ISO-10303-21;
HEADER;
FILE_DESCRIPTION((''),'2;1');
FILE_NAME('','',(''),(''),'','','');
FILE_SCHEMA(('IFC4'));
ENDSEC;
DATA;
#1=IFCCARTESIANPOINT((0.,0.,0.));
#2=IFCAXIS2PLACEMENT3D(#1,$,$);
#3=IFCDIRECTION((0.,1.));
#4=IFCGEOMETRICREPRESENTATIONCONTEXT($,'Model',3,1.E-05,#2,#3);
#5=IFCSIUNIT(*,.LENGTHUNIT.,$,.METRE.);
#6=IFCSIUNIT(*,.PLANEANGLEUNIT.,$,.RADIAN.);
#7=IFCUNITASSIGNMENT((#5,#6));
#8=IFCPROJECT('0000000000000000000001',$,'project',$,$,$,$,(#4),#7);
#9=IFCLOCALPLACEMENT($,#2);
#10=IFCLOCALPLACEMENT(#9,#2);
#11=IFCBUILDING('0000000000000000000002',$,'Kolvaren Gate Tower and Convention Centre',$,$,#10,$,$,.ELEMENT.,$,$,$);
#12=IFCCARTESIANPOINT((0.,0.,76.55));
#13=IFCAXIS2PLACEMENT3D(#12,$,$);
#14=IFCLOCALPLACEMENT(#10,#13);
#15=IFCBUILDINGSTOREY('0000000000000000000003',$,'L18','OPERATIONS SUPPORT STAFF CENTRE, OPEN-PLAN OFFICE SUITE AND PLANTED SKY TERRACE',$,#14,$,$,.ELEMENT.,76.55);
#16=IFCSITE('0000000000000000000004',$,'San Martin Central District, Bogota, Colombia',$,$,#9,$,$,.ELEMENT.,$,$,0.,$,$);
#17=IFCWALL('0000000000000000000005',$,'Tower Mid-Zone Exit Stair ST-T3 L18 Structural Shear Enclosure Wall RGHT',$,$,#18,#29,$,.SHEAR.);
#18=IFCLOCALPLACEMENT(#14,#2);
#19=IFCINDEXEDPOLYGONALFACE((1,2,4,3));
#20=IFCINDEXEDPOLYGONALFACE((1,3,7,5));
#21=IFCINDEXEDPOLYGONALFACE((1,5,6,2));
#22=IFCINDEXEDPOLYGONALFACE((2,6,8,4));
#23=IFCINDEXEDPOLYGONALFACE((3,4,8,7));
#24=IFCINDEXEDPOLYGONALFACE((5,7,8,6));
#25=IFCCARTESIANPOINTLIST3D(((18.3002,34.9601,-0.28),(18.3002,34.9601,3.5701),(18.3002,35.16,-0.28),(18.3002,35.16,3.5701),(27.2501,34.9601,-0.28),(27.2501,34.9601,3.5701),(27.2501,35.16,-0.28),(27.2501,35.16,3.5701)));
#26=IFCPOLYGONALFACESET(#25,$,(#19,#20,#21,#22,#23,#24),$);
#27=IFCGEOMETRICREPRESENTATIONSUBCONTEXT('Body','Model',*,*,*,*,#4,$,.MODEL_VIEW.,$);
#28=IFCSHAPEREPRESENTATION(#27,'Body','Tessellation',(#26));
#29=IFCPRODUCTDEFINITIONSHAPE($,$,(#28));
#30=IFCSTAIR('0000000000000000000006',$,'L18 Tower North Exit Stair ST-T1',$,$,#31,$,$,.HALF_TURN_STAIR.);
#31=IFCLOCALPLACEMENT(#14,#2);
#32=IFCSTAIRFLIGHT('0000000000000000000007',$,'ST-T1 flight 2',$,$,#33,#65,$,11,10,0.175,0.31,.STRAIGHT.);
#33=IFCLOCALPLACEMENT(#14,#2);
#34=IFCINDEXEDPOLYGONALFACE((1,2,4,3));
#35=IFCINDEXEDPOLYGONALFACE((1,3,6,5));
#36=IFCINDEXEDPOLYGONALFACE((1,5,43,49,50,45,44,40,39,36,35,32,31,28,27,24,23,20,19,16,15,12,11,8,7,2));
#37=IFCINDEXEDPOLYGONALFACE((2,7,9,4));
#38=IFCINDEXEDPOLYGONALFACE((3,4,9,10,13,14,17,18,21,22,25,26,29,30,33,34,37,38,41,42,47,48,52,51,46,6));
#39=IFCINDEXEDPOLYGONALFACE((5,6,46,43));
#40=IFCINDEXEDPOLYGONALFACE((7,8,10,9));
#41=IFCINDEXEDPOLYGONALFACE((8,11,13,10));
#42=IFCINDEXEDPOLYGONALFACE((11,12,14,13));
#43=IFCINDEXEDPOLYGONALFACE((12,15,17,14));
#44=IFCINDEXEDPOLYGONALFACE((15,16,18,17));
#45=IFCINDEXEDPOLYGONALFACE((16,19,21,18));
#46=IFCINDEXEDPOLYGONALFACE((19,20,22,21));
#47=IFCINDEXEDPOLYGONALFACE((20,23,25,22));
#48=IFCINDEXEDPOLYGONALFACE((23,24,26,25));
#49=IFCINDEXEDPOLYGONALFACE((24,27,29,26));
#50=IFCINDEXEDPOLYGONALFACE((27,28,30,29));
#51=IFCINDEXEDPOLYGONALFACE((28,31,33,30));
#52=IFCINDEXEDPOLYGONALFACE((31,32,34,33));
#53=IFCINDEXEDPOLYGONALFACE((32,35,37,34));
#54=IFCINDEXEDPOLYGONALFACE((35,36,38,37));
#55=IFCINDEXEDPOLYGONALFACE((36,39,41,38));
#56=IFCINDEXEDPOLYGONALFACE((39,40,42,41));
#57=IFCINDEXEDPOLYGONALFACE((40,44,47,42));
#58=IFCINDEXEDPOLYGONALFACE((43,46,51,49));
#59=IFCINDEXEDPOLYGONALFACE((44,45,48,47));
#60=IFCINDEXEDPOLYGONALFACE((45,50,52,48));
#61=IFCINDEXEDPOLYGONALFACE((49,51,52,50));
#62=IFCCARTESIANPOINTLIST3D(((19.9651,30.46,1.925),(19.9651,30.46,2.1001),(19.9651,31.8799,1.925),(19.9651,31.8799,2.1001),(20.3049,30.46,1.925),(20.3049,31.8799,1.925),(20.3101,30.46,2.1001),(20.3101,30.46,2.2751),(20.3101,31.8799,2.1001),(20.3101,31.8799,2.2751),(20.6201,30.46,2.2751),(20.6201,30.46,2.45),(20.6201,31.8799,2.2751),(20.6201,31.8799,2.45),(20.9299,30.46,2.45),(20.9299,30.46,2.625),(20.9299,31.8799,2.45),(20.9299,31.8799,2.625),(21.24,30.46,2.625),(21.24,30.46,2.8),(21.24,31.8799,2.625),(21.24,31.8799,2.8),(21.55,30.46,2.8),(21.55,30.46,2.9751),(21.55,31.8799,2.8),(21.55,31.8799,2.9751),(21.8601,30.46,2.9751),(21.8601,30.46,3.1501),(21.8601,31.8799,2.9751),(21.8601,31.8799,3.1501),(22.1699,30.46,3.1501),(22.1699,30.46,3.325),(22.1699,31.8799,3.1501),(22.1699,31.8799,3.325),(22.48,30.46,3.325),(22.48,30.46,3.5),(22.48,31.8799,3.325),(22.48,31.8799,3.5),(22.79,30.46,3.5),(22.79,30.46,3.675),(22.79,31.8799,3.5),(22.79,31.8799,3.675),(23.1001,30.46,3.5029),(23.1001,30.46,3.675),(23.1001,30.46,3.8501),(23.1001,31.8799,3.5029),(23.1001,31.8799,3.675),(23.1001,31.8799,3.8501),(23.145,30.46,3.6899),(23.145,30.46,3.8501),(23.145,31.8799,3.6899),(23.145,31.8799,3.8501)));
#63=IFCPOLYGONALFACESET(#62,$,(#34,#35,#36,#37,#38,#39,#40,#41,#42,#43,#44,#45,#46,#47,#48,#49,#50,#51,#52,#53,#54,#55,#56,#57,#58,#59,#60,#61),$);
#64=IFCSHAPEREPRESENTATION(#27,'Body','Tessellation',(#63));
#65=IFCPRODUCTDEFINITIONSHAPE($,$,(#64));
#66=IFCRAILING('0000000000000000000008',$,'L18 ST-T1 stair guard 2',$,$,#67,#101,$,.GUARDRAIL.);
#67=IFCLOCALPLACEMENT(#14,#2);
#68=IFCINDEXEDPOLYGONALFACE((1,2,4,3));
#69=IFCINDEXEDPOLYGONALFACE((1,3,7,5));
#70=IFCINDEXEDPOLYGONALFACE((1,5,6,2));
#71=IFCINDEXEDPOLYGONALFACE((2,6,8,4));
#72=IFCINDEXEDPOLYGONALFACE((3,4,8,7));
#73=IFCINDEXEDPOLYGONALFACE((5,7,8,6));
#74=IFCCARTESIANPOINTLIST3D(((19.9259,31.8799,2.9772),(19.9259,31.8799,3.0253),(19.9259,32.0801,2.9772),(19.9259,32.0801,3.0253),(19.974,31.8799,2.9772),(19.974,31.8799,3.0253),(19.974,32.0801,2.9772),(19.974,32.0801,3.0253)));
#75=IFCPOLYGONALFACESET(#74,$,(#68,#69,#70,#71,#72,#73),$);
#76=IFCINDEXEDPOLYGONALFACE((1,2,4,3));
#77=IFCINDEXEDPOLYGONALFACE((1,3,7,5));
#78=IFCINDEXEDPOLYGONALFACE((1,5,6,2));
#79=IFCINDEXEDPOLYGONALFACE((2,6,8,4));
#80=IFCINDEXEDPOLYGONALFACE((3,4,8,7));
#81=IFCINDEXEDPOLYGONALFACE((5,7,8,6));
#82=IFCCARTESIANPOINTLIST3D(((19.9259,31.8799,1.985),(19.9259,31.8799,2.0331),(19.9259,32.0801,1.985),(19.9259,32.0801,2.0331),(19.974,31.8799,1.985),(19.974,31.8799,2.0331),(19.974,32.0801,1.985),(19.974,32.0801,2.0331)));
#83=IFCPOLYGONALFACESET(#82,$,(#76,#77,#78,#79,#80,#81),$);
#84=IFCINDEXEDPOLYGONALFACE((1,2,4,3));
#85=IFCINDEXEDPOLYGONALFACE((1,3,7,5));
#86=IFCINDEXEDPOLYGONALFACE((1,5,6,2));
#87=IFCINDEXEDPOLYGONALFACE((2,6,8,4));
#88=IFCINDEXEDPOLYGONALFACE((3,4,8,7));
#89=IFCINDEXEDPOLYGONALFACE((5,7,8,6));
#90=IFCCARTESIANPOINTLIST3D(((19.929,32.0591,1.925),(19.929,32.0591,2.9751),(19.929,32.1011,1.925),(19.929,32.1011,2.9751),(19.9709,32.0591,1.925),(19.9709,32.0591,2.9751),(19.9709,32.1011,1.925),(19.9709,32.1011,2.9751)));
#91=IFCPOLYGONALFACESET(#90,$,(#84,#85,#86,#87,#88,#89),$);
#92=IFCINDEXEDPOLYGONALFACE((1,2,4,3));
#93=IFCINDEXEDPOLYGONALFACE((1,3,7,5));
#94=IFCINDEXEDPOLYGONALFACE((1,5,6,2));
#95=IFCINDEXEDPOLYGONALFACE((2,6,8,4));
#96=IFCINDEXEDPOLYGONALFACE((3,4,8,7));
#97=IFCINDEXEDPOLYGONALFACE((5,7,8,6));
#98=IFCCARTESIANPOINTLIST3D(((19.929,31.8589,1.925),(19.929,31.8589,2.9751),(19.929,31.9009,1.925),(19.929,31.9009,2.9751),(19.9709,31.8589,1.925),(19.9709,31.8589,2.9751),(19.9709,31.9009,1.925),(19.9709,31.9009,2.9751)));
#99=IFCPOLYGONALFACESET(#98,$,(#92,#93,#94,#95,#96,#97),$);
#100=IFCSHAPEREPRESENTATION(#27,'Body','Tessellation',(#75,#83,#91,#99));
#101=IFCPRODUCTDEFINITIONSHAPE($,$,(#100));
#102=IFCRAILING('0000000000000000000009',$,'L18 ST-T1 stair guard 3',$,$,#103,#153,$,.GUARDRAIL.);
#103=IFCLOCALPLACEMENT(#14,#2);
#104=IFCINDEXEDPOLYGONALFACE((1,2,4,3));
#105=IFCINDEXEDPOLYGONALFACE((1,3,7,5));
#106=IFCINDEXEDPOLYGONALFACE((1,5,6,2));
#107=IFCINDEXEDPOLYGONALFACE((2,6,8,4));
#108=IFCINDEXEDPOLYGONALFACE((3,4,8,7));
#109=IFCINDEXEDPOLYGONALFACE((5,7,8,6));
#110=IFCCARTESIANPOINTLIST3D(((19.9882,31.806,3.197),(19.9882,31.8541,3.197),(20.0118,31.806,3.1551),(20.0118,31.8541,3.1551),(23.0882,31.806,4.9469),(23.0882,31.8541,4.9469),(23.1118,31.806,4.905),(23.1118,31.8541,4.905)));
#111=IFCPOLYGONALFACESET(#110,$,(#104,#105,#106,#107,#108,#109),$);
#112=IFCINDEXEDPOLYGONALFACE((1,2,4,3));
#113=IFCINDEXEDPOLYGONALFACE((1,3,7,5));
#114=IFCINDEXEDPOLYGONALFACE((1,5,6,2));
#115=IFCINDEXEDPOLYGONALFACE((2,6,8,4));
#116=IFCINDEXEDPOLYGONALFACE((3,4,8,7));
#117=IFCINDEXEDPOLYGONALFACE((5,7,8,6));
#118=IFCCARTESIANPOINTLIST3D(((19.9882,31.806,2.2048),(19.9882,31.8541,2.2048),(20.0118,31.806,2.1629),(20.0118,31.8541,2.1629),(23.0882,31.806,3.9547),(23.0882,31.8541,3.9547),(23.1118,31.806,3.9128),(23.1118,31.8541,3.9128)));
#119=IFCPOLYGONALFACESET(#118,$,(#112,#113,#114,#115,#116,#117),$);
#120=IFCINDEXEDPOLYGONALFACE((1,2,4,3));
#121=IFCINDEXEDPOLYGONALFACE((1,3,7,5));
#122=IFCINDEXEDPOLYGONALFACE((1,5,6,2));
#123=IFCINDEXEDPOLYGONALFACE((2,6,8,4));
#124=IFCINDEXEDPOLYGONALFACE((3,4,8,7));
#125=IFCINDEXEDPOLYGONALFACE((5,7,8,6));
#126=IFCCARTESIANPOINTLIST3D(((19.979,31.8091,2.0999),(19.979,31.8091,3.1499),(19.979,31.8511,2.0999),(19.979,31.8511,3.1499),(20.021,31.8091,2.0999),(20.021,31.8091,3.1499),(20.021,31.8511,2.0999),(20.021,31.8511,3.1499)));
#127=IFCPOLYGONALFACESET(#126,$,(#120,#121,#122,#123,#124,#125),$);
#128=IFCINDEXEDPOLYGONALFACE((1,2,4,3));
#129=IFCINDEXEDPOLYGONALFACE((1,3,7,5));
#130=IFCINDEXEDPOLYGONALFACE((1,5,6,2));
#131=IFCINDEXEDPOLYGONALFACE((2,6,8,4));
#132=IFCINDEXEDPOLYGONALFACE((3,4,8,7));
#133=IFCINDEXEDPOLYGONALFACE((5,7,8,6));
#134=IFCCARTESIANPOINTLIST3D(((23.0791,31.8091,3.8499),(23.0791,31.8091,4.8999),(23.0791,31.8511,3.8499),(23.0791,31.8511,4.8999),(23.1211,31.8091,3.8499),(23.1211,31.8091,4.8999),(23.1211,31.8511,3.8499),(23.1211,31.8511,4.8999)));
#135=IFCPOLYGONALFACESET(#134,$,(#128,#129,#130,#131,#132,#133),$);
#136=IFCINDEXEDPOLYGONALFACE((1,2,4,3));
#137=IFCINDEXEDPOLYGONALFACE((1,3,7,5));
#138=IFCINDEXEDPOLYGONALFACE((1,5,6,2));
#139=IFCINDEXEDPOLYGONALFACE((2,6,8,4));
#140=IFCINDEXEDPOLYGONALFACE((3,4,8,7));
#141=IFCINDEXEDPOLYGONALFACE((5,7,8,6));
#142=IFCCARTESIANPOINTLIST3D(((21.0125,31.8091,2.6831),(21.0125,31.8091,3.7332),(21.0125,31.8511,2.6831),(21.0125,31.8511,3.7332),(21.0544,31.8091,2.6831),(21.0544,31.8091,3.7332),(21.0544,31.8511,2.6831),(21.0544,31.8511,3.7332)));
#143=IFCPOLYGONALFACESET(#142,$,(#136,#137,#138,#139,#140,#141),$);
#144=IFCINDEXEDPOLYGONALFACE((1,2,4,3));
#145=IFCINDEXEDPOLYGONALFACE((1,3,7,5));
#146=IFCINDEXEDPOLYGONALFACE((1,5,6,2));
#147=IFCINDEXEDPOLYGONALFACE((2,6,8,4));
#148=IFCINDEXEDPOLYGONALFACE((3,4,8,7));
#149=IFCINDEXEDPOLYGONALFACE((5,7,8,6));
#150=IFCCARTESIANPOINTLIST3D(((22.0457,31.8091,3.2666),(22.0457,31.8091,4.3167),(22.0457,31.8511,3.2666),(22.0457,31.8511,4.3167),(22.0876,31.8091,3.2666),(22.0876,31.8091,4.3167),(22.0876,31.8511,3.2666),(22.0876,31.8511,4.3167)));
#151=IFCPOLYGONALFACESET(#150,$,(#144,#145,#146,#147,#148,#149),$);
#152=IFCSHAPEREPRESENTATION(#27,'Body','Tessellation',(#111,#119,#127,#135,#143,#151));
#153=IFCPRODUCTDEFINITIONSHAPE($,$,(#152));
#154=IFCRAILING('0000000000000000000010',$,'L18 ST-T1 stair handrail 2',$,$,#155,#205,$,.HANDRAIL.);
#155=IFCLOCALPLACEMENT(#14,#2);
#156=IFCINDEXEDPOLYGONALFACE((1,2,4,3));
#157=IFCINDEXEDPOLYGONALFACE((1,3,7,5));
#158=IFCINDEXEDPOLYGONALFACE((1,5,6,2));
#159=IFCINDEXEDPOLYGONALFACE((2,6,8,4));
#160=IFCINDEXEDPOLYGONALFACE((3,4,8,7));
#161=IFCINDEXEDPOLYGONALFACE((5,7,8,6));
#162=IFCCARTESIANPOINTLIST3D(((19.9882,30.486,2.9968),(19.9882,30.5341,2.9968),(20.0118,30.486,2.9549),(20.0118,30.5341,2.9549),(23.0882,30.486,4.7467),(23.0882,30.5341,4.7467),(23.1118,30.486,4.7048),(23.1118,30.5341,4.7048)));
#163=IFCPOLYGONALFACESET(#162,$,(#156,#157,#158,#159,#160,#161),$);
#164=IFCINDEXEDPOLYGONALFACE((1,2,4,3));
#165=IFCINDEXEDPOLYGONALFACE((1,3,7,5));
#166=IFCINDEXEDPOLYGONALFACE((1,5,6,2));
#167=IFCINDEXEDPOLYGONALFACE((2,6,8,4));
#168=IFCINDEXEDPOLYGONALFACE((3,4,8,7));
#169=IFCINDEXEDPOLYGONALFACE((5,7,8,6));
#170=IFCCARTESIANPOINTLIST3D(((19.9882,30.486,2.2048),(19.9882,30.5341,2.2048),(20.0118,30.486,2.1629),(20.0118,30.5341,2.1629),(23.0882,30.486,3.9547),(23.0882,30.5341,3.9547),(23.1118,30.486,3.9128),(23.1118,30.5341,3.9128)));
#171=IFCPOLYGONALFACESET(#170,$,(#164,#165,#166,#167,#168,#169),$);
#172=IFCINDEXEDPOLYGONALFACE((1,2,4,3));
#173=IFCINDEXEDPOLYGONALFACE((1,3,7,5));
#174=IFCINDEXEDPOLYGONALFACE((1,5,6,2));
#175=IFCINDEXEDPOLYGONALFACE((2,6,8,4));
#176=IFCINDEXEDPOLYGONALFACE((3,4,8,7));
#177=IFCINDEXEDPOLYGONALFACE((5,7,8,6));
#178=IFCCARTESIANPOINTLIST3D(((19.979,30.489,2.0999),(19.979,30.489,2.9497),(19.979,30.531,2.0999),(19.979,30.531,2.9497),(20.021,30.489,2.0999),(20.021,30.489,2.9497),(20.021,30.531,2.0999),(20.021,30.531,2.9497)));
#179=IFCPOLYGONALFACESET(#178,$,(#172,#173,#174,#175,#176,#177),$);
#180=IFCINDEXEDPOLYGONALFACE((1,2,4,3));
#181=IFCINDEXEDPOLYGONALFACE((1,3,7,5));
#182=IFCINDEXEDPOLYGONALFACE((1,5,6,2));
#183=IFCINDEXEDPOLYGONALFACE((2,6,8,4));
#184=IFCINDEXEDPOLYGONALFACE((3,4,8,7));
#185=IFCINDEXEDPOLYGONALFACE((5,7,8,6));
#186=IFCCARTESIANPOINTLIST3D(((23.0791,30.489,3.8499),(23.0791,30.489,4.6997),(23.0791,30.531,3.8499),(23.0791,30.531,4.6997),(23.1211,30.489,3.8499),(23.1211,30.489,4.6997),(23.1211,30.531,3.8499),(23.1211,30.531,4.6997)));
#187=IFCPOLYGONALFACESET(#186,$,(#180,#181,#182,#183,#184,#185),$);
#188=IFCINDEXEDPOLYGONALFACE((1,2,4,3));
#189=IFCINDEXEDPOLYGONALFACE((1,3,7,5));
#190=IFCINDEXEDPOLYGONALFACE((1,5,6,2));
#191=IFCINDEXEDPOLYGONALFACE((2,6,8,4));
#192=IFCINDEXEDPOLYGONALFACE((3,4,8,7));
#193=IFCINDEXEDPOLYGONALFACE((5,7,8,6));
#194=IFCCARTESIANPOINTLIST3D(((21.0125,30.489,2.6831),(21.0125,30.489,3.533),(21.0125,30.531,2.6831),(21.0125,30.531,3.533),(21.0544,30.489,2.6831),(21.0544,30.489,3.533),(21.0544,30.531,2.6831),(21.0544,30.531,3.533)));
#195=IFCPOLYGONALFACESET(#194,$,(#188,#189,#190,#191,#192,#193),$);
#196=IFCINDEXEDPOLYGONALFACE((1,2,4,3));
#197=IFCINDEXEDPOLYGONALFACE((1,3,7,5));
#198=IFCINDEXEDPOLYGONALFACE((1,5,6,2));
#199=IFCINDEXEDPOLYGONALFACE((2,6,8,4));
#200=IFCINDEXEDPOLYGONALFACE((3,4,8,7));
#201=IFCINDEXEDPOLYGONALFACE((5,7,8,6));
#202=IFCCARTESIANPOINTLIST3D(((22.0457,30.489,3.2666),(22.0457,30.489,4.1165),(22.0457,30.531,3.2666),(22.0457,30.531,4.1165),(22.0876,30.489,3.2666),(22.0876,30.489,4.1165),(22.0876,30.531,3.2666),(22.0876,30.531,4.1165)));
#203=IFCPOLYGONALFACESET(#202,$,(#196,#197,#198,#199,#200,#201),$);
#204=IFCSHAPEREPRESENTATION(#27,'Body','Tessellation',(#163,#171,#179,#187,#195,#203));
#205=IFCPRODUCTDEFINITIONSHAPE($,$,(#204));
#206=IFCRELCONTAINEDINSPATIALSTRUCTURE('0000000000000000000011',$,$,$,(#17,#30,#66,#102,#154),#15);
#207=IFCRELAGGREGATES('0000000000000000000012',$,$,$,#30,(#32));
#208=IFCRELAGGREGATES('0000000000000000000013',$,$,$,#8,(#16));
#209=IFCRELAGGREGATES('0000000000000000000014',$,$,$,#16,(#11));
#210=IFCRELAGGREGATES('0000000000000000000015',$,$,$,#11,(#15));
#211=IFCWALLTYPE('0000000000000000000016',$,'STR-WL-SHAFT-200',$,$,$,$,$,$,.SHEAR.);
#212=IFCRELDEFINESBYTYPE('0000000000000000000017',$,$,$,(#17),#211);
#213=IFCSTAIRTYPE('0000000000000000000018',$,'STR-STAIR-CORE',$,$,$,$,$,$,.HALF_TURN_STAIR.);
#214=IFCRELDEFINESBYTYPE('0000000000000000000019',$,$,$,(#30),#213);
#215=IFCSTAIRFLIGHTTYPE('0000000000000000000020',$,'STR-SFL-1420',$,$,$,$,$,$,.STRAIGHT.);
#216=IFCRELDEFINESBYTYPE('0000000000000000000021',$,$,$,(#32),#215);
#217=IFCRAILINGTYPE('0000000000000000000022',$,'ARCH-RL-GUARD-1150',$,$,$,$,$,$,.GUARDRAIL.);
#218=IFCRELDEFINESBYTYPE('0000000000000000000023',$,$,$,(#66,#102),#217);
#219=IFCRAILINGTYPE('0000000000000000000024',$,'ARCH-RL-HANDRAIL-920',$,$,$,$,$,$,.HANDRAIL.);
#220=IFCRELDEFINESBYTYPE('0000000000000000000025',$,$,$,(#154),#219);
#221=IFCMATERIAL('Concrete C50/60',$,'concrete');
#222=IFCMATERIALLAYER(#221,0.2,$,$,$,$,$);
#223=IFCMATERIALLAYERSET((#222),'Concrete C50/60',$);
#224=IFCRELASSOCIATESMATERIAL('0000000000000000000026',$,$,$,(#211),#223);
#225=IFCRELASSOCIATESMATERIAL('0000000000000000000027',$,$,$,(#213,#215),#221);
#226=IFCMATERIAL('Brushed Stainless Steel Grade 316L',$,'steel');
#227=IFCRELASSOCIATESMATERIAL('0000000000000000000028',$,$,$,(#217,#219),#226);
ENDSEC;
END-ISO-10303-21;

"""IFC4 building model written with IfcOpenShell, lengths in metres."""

from ifc_helpers import new_model, si_unit, direction, frame, frame_2d, origin, origin_2d, place, context, subcontext, project, spatial, polyline, rectangle, outline, extrude, material, layer, layer_set, type_object, element, aggregate, save


model = new_model("IFC4")

# Units and contexts
model_context = context("Model", 3, precision=1e-05, world=origin(), true_north=direction((0.0, 1.0)))
body_context = subcontext(model_context, "Body", "Model", "MODEL_VIEW")
ifc_project = project(units=[si_unit("LENGTHUNIT", "METRE"), si_unit("PLANEANGLEUNIT", "RADIAN")], contexts=[model_context])

# Site, building, storey
site_placement = place(None, origin())
site = spatial("IfcSite", under=ifc_project, at=site_placement, Name="San Martin Central District, Bogota, Colombia", CompositionType="ELEMENT", RefElevation=0.0)
building_placement = place(site_placement, origin())
building = spatial("IfcBuilding", under=site, at=building_placement, Name="Kolvaren Gate Tower and Convention Centre", CompositionType="ELEMENT")
storey_placement = place(building_placement, frame((0.0, 0.0, 76.55)))
storey = spatial("IfcBuildingStorey", under=building, at=storey_placement, Name="L18", Description="OPERATIONS SUPPORT STAFF CENTRE, OPEN-PLAN OFFICE SUITE AND PLANTED SKY TERRACE", CompositionType="ELEMENT", Elevation=76.55)

# Wall
ifc_material_1 = material(Name="Concrete C50/60", Category="concrete")
ifc_layer_1 = layer(ifc_material_1, 0.2)
ifc_layer_set_1 = layer_set([ifc_layer_1], Name="Concrete C50/60")
wall_type_1 = type_object("IfcWallType", Name="STR-WL-SHAFT-200", PredefinedType="SHEAR", material=ifc_layer_set_1)
for number, where, z_axis, x_axis, name in (
    (1, (18.3, 35.0601, -0.28), (0.0, 0.0, 1.0), (1.0, 0.0, 0.0), "Tower Mid-Zone Exit Stair ST-T3 L18 Structural Shear Enclosure Wall RGHT"),
):
    element("IfcWall", number, at=place(storey_placement, frame(where, z_axis=z_axis, x_axis=x_axis)), inside=storey, type_object=wall_type_1, Name=name, PredefinedType="SHEAR", context=body_context, shape_type="SweptSolid", body=[
        extrude(rectangle(XDim=8.95, YDim=0.2, at=frame_2d((4.4751, 0.0))), origin(), (0.0, 0.0, 1.0), 3.8501),
    ])

# Stair, stair flight
stair_type = type_object("IfcStairType", Name="STR-STAIR-CORE", PredefinedType="HALF_TURN_STAIR", material=ifc_material_1)
stair_placement = place(storey_placement, origin())
stair = element("IfcStair", 2, at=stair_placement, inside=storey, type_object=stair_type, Name="L18 Tower North Exit Stair ST-T1", PredefinedType="HALF_TURN_STAIR")
stair_flight_type = type_object("IfcStairFlightType", Name="STR-SFL-1420", PredefinedType="STRAIGHT", material=ifc_material_1)
stair_flight_placement = place(storey_placement, frame((20.0, 31.1699, 1.925), z_axis=(0.0, 0.0, 1.0), x_axis=(1.0, 0.0, 0.0)))
stair_flight = element("IfcStairFlight", 3, at=stair_flight_placement, type_object=stair_flight_type, Name="ST-T1 flight 2", NumberOfRisers=11, NumberOfTreads=10, PredefinedType="STRAIGHT", RiserHeight=0.175, TreadLength=0.31, context=body_context, shape_type="SweptSolid", body=[
    extrude(outline(polyline([(-0.0349, 0.0), (-0.0349, 0.175), (0.3101, 0.175), (0.3101, 0.3501), (0.6201, 0.3501), (0.6201, 0.5249), (0.9299, 0.5249), (0.9299, 0.7), (1.24, 0.7), (1.24, 0.875), (1.55, 0.875), (1.55, 1.05), (1.8601, 1.05), (1.8601, 1.2251), (2.1699, 1.2251), (2.1699, 1.3999), (2.48, 1.3999), (2.48, 1.575), (2.79, 1.575), (2.79, 1.75), (3.1001, 1.75), (3.1001, 1.925), (3.145, 1.925), (3.145, 1.7649), (3.1001, 1.5779), (0.3049, 0.0), (-0.0349, 0.0)])), frame((0.0, 0.71, 0.0), z_axis=(0.0, -1.0, 0.0), x_axis=(1.0, 0.0, 0.0)), (0.0, 0.0, 1.0), 1.4199),
])
aggregate(stair, [stair_flight])

# Railings
ifc_material_2 = material(Name="Brushed Stainless Steel Grade 316L", Category="steel")
railing_type_1 = type_object("IfcRailingType", Name="ARCH-RL-GUARD-1150", PredefinedType="GUARDRAIL", material=ifc_material_2)
railing_1_placement = place(storey_placement, frame((19.95, 32.0801, 1.925)))
element("IfcRailing", 4, at=railing_1_placement, inside=storey, type_object=railing_type_1, Name="L18 ST-T1 stair guard 2", PredefinedType="GUARDRAIL", context=body_context, shape_type="SweptSolid", body=[
    extrude(rectangle(XDim=0.0481, YDim=0.0481, at=origin_2d()), frame((0.0, 0.0, 1.0762), z_axis=(0.0, -1.0, 0.0), x_axis=(1.0, 0.0, 0.0)), (0.0, 0.0, 1.0), 0.2002),
    extrude(rectangle(XDim=0.0481, YDim=0.0481, at=origin_2d()), frame((0.0, 0.0, 0.084), z_axis=(0.0, -1.0, 0.0), x_axis=(1.0, 0.0, 0.0)), (0.0, 0.0, 1.0), 0.2002),
    extrude(rectangle(XDim=0.042, YDim=0.042, at=origin_2d()), origin(), (0.0, 0.0, 1.0), 1.05),
    extrude(rectangle(XDim=0.042, YDim=0.042, at=origin_2d()), frame((0.0, -0.2002, 0.0)), (0.0, 0.0, 1.0), 1.05),
])
railing_2_placement = place(storey_placement, frame((20.0, 31.8301, 2.0999)))
element("IfcRailing", 5, at=railing_2_placement, inside=storey, type_object=railing_type_1, Name="L18 ST-T1 stair guard 3", PredefinedType="GUARDRAIL", context=body_context, shape_type="SweptSolid", body=[
    extrude(rectangle(XDim=0.0481, YDim=0.0481, at=origin_2d()), frame((0.0, 0.0, 1.0762), z_axis=(0.870831, 0.0, 0.491583), x_axis=(0.0, 1.0, 0.0)), (0.0, 0.0, 1.0), 3.5598),
    extrude(rectangle(XDim=0.0481, YDim=0.0481, at=origin_2d()), frame((0.0, 0.0, 0.084), z_axis=(0.870831, 0.0, 0.491583), x_axis=(0.0, 1.0, 0.0)), (0.0, 0.0, 1.0), 3.5598),
    extrude(rectangle(XDim=0.042, YDim=0.042, at=origin_2d()), origin(), (0.0, 0.0, 1.0), 1.05),
    extrude(rectangle(XDim=0.042, YDim=0.042, at=origin_2d()), frame((3.1001, 0.0, 1.75)), (0.0, 0.0, 1.0), 1.05),
    extrude(rectangle(XDim=0.042, YDim=0.042, at=origin_2d()), frame((1.0334, 0.0, 0.5833)), (0.0, 0.0, 1.0), 1.05),
    extrude(rectangle(XDim=0.042, YDim=0.042, at=origin_2d()), frame((2.0667, 0.0, 1.1667)), (0.0, 0.0, 1.0), 1.05),
])
railing_type_2 = type_object("IfcRailingType", Name="ARCH-RL-HANDRAIL-920", PredefinedType="HANDRAIL", material=ifc_material_2)
railing_3_placement = place(storey_placement, frame((20.0, 30.51, 2.0999)))
element("IfcRailing", 6, at=railing_3_placement, inside=storey, type_object=railing_type_2, Name="L18 ST-T1 stair handrail 2", PredefinedType="HANDRAIL", context=body_context, shape_type="SweptSolid", body=[
    extrude(rectangle(XDim=0.0481, YDim=0.0481, at=origin_2d()), frame((0.0, 0.0, 0.876), z_axis=(0.870831, 0.0, 0.491583), x_axis=(0.0, 1.0, 0.0)), (0.0, 0.0, 1.0), 3.5598),
    extrude(rectangle(XDim=0.0481, YDim=0.0481, at=origin_2d()), frame((0.0, 0.0, 0.084), z_axis=(0.870831, 0.0, 0.491583), x_axis=(0.0, 1.0, 0.0)), (0.0, 0.0, 1.0), 3.5598),
    extrude(rectangle(XDim=0.042, YDim=0.042, at=origin_2d()), origin(), (0.0, 0.0, 1.0), 0.8499),
    extrude(rectangle(XDim=0.042, YDim=0.042, at=origin_2d()), frame((3.1001, 0.0, 1.75)), (0.0, 0.0, 1.0), 0.8499),
    extrude(rectangle(XDim=0.042, YDim=0.042, at=origin_2d()), frame((1.0334, 0.0, 0.5833)), (0.0, 0.0, 1.0), 0.8499),
    extrude(rectangle(XDim=0.042, YDim=0.042, at=origin_2d()), frame((2.0667, 0.0, 1.1667)), (0.0, 0.0, 1.0), 0.8499),
])

save(model, "model.ifc")
